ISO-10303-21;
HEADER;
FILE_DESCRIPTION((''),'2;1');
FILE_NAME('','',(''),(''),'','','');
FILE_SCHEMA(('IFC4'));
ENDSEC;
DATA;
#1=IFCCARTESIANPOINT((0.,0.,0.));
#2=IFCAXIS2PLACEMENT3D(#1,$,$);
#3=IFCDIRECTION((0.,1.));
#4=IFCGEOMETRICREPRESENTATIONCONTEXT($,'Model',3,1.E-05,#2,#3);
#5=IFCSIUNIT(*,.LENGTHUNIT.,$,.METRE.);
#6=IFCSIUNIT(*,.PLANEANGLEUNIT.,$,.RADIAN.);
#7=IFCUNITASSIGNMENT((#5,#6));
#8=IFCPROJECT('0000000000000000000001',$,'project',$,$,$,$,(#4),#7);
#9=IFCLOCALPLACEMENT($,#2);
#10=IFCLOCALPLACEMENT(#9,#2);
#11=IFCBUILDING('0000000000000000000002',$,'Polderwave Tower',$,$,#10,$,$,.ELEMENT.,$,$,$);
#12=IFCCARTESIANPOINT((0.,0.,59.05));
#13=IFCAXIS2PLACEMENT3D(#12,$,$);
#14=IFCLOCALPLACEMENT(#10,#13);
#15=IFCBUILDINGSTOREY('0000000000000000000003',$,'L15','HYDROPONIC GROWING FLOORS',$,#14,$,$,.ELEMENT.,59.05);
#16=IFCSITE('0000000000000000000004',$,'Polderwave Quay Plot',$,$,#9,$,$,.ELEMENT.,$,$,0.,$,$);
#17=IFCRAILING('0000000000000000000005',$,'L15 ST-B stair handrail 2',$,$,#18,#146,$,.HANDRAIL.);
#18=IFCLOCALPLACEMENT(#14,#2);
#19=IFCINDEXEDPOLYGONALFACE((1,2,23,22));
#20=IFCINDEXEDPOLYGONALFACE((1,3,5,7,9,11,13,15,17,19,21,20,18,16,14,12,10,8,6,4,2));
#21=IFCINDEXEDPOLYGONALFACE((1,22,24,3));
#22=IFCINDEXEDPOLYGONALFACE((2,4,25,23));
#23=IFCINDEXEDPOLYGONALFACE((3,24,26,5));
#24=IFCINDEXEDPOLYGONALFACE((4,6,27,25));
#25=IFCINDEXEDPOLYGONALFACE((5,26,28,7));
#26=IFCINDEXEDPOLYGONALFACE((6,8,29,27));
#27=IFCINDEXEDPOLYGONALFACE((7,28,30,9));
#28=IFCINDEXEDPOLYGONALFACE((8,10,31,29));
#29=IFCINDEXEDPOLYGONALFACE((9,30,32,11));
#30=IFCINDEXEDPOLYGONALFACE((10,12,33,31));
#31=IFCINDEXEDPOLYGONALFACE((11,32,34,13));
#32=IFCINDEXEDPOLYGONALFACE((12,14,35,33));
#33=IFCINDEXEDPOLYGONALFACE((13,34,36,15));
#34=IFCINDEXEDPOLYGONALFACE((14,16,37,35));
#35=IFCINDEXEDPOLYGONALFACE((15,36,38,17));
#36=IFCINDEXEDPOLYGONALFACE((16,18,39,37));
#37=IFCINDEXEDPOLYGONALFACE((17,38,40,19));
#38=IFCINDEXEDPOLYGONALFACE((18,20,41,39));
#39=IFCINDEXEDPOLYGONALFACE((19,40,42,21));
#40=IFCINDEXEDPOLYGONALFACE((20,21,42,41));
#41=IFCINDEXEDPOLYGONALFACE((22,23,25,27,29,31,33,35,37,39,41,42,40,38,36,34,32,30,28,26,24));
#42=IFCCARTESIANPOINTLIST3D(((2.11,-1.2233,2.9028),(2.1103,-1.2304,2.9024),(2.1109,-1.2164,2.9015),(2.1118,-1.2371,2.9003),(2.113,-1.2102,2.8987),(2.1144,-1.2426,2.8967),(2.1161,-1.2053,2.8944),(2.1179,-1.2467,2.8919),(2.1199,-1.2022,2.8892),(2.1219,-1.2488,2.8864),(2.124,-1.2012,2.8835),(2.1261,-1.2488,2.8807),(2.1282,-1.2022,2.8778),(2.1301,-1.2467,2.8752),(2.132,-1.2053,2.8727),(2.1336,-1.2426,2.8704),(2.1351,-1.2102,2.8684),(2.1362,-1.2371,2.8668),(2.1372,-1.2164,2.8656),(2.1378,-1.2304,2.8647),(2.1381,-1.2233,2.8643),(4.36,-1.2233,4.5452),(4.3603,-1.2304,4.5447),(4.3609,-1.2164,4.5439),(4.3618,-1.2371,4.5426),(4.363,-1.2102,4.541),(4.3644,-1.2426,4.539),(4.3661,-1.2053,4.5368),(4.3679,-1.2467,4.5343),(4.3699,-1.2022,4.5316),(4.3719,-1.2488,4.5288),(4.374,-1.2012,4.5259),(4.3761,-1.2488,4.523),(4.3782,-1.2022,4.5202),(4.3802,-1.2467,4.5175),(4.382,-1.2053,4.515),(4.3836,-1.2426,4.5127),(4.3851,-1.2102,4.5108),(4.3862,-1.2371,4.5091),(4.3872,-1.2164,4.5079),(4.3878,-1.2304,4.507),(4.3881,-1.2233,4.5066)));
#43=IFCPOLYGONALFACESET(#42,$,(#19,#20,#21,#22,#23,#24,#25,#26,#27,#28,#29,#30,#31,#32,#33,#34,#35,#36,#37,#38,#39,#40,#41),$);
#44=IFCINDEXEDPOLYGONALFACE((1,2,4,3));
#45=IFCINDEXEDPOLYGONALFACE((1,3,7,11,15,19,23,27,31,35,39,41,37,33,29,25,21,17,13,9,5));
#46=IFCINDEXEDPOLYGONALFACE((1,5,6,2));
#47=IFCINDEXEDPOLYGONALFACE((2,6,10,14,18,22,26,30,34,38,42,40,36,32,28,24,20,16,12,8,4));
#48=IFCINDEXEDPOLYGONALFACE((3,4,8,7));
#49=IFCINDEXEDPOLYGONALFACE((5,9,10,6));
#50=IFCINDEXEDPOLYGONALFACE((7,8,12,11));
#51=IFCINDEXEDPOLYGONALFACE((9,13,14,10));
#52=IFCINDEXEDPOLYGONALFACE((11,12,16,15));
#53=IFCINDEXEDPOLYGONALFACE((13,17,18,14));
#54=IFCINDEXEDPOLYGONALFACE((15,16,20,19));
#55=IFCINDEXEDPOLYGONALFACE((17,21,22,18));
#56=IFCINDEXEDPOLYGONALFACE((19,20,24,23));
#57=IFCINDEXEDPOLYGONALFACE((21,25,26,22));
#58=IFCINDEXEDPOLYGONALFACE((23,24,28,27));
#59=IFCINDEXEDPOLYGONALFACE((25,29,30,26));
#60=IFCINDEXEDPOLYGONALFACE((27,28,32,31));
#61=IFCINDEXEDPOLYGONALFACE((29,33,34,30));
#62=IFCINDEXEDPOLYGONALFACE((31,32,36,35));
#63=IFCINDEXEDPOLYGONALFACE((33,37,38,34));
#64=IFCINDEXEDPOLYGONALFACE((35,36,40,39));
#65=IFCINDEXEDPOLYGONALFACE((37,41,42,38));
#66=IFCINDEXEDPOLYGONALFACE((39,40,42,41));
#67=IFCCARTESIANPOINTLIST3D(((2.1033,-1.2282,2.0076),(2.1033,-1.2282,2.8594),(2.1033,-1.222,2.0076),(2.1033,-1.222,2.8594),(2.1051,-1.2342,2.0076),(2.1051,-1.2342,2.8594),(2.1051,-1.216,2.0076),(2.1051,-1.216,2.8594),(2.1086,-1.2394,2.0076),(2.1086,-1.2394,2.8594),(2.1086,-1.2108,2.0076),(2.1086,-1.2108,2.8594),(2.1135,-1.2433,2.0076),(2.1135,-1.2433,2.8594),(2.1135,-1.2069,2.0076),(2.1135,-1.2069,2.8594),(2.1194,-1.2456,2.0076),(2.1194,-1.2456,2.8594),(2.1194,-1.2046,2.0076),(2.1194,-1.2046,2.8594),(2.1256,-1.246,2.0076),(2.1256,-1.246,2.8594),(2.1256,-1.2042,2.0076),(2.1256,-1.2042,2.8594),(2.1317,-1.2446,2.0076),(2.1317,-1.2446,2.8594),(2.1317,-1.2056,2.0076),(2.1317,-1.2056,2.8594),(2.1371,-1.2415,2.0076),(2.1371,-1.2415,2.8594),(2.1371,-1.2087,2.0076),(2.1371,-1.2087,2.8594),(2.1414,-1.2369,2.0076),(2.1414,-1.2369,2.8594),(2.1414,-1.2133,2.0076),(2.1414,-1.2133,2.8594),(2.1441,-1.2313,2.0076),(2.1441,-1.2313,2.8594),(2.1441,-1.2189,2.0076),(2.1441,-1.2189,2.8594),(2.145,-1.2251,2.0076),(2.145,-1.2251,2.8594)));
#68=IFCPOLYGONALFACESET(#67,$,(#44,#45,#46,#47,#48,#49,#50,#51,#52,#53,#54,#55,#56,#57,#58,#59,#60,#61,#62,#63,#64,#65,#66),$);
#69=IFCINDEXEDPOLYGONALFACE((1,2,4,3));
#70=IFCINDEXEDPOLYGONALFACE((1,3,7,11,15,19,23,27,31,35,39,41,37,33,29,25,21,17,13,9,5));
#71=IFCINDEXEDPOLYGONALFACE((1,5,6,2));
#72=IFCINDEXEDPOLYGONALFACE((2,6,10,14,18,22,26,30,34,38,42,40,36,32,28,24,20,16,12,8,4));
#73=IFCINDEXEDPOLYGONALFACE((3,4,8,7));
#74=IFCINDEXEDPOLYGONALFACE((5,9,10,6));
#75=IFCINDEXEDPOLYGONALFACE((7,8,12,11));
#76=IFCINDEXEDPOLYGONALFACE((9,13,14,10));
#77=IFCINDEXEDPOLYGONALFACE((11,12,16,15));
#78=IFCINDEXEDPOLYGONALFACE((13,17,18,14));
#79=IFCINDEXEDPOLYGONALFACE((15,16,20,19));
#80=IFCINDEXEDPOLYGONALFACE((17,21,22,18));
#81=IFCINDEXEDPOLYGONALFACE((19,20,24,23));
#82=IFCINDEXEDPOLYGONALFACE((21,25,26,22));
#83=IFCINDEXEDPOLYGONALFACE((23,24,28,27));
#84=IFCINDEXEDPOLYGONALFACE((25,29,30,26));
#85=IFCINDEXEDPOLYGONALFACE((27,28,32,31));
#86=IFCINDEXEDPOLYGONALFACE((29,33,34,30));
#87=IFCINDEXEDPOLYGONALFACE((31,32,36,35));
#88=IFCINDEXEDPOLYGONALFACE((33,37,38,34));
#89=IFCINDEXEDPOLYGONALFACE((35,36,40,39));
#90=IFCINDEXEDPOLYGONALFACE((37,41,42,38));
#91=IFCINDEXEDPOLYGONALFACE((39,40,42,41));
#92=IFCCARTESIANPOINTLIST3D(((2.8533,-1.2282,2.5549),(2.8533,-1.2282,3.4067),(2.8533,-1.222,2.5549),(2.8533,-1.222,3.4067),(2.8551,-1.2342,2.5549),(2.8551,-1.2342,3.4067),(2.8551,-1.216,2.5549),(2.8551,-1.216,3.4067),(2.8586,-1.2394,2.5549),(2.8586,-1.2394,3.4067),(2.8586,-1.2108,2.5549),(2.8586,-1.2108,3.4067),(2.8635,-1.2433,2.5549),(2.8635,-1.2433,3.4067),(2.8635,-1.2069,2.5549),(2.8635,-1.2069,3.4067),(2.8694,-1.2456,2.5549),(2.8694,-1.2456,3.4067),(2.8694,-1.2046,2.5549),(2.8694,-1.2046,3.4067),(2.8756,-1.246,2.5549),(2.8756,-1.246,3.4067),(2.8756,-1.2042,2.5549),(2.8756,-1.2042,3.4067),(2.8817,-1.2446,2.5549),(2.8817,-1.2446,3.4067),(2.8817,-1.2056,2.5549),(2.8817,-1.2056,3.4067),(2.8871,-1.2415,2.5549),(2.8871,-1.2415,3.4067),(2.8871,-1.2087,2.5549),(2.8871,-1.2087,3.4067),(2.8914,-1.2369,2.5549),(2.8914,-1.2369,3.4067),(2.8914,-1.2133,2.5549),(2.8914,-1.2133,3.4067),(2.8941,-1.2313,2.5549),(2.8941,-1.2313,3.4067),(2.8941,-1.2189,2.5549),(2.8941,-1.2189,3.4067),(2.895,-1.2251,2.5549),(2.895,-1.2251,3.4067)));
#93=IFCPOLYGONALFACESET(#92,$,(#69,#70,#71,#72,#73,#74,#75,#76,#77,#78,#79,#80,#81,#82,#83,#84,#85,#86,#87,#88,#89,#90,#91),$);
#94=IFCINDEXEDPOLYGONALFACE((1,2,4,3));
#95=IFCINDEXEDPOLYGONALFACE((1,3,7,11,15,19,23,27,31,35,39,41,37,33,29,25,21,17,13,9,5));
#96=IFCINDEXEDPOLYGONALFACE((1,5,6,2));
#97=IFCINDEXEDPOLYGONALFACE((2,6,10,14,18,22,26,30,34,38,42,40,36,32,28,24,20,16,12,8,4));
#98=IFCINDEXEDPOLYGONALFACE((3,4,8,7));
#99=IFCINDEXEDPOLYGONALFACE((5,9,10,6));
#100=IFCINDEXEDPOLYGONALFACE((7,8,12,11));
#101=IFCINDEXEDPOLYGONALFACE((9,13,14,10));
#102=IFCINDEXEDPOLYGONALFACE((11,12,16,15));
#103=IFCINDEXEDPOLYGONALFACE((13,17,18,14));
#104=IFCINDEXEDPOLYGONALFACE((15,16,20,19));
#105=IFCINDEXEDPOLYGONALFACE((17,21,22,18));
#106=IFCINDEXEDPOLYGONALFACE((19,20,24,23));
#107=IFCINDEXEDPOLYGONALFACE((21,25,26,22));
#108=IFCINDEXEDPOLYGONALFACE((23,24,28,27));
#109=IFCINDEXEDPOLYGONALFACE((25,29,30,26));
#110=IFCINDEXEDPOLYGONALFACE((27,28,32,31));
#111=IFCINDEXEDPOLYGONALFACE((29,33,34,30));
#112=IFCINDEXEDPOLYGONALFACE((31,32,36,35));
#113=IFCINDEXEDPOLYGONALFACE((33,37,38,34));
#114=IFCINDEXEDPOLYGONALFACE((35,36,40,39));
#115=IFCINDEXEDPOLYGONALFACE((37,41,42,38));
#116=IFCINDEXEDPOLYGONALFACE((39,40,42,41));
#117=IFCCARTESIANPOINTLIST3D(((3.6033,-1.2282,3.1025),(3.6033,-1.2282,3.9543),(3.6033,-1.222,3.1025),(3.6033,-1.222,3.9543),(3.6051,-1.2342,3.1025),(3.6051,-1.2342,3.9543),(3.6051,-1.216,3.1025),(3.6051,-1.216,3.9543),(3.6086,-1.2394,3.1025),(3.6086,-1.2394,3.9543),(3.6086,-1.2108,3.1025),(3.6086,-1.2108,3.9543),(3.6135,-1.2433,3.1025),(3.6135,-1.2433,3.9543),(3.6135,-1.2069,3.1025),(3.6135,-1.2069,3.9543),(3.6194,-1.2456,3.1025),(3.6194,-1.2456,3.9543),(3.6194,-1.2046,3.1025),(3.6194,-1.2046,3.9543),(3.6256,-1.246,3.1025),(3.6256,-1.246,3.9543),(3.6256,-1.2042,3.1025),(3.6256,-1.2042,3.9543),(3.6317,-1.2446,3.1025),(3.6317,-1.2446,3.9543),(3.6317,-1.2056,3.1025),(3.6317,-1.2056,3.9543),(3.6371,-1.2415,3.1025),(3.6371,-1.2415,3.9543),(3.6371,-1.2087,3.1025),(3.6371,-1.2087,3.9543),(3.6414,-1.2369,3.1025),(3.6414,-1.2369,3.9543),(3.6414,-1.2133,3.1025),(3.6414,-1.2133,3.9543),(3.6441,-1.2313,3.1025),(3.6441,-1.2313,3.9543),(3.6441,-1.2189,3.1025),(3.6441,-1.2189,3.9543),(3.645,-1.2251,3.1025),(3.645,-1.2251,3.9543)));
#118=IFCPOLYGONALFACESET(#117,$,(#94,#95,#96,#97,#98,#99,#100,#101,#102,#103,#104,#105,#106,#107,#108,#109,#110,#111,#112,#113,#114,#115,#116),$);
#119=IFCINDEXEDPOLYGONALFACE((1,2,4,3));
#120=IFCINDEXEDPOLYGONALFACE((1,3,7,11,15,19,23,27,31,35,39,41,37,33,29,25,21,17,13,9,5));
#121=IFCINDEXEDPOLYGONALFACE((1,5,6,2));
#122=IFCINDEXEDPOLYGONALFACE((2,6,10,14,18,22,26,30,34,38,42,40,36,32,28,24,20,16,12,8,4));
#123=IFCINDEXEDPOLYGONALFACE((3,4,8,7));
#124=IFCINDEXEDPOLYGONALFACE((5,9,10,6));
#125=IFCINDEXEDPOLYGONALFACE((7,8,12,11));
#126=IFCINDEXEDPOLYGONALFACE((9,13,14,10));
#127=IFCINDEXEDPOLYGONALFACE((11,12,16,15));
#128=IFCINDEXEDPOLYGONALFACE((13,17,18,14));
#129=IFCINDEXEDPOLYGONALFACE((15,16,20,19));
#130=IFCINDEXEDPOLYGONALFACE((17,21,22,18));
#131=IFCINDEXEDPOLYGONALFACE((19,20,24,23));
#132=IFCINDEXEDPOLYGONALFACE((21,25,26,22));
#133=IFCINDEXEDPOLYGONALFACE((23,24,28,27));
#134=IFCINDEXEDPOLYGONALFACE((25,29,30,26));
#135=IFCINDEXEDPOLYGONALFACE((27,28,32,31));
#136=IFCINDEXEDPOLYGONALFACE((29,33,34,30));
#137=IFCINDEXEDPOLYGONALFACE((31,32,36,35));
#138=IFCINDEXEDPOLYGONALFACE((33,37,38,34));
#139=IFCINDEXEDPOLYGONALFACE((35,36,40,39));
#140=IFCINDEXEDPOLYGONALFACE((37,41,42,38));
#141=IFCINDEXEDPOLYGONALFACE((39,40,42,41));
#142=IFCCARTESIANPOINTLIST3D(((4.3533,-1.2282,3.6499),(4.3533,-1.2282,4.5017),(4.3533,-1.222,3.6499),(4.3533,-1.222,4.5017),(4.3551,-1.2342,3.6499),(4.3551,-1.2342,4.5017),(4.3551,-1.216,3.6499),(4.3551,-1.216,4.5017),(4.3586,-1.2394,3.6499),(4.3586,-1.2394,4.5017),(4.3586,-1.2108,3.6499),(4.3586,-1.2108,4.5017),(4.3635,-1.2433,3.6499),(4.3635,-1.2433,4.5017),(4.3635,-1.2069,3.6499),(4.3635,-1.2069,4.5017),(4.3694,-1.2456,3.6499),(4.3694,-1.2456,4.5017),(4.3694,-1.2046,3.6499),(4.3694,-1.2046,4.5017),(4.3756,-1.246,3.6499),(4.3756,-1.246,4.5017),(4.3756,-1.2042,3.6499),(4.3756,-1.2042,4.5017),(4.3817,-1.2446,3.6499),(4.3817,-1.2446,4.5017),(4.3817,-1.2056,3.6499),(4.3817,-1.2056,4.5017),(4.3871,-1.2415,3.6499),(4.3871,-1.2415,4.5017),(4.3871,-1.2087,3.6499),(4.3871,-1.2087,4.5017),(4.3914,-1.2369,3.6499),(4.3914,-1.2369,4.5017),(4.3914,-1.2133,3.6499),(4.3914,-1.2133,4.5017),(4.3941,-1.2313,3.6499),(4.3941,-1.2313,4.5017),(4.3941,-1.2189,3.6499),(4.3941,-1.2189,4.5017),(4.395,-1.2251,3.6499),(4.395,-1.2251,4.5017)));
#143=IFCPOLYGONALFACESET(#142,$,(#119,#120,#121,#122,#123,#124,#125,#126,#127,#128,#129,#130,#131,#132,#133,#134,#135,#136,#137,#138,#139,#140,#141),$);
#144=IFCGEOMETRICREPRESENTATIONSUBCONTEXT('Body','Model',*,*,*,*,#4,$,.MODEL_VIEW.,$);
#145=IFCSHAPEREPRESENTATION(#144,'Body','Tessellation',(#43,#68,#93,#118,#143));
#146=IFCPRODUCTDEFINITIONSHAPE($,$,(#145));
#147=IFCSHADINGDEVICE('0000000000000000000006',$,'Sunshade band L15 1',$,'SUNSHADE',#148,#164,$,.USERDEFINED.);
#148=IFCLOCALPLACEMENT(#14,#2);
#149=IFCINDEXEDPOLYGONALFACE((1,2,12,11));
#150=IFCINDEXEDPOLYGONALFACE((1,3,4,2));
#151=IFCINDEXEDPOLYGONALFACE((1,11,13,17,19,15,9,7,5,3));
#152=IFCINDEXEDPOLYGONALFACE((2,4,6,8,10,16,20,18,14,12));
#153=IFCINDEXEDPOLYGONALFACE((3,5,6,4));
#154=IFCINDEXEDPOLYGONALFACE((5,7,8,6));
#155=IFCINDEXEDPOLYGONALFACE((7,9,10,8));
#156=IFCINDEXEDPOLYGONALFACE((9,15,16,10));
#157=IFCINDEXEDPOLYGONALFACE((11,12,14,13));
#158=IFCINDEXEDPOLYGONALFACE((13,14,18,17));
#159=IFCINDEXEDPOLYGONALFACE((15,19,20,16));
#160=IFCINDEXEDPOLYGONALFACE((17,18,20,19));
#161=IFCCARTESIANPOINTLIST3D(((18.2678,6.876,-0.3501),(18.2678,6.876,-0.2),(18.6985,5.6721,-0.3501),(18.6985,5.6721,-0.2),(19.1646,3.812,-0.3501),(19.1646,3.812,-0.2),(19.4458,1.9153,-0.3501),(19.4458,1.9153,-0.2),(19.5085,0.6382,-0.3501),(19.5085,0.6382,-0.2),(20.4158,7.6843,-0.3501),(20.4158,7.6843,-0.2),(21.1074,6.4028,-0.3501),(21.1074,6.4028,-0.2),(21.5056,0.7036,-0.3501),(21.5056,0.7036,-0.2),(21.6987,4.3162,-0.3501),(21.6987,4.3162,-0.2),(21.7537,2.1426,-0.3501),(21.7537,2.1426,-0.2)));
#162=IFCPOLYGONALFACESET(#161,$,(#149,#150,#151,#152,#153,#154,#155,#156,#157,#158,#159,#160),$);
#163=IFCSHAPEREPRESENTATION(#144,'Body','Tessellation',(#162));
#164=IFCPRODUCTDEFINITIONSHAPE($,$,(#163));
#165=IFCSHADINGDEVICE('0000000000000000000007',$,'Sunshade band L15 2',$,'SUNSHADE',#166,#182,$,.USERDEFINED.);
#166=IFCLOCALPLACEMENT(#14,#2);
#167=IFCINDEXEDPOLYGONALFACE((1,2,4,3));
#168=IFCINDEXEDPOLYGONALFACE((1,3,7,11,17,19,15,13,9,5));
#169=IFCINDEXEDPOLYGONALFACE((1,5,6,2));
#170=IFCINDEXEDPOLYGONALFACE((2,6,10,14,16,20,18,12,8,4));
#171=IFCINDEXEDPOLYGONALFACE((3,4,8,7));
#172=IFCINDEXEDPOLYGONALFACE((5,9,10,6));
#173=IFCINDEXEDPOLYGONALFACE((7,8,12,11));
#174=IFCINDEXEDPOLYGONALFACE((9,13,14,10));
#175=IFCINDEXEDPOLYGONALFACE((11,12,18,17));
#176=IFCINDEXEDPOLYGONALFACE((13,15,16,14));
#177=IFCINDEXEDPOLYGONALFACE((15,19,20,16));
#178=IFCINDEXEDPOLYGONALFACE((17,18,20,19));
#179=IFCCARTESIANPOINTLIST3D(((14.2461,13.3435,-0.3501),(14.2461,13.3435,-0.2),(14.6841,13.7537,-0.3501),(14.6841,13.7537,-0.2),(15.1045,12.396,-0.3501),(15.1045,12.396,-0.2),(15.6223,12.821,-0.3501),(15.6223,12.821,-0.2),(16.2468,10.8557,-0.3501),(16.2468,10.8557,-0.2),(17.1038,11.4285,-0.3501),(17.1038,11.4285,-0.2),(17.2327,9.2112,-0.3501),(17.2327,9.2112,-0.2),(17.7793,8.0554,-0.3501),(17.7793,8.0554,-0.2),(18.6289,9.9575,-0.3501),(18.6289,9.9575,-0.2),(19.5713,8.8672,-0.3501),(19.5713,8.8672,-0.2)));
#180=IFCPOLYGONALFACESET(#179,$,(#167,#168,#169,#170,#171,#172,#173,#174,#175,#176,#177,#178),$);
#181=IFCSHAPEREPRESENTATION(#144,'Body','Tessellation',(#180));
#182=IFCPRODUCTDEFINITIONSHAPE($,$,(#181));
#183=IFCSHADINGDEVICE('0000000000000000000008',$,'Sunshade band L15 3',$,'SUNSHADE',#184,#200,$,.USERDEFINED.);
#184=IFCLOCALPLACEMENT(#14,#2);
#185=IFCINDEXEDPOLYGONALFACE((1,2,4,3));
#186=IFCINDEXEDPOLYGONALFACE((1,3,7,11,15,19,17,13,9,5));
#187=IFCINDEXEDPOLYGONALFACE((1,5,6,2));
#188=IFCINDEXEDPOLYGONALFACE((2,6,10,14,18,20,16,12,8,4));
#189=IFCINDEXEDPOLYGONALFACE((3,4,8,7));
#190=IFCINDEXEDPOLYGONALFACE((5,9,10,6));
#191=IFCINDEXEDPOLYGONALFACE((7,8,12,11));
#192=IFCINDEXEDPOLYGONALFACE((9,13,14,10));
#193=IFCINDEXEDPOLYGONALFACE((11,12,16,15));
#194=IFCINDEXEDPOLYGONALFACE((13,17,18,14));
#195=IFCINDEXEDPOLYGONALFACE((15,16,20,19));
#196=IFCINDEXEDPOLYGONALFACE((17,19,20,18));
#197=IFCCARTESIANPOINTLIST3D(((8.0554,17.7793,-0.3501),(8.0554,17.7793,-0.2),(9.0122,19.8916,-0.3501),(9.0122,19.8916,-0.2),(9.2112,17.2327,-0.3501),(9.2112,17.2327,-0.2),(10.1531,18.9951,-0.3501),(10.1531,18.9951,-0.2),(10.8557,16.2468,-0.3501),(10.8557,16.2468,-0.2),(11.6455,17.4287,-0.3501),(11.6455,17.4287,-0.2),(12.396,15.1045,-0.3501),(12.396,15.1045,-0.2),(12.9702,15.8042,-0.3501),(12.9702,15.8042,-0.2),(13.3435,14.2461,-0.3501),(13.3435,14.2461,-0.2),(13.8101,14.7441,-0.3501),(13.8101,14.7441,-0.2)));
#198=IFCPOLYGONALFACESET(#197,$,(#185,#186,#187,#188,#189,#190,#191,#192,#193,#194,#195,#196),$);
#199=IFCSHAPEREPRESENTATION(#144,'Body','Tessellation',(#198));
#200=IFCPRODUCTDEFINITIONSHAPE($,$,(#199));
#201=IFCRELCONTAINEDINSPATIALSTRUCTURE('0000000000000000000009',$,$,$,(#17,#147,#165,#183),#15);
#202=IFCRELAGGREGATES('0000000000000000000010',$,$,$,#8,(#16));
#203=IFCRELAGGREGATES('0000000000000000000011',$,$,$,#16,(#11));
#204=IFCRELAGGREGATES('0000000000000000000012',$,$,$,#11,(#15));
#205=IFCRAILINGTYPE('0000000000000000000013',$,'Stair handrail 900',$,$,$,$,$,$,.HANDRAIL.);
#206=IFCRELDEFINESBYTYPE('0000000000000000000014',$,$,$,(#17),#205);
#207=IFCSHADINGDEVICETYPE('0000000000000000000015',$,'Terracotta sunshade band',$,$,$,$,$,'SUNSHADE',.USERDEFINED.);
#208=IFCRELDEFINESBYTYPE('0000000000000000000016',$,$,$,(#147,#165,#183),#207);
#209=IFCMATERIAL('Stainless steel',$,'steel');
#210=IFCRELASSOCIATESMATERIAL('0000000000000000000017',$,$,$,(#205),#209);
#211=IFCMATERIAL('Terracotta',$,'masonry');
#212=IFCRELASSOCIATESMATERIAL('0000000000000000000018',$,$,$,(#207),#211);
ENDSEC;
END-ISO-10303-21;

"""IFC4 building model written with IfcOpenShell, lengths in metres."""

from ifc_helpers import new_model, si_unit, direction, frame, origin, origin_2d, place, context, subcontext, project, spatial, polyline, circle, outline, extrude, material, type_object, element, save


model = new_model("IFC4")

# Units and contexts
model_context = context("Model", 3, precision=1e-05, world=origin(), true_north=direction((0.0, 1.0)))
body_context = subcontext(model_context, "Body", "Model", "MODEL_VIEW")
ifc_project = project(units=[si_unit("LENGTHUNIT", "METRE"), si_unit("PLANEANGLEUNIT", "RADIAN")], contexts=[model_context])

# Site, building, storey
site_placement = place(None, origin())
site = spatial("IfcSite", under=ifc_project, at=site_placement, Name="Polderwave Quay Plot", CompositionType="ELEMENT", RefElevation=0.0)
building_placement = place(site_placement, origin())
building = spatial("IfcBuilding", under=site, at=building_placement, Name="Polderwave Tower", CompositionType="ELEMENT")
storey_placement = place(building_placement, frame((0.0, 0.0, 59.05)))
storey = spatial("IfcBuildingStorey", under=building, at=storey_placement, Name="L15", Description="HYDROPONIC GROWING FLOORS", CompositionType="ELEMENT", Elevation=59.05)

# Railing
ifc_material_1 = material(Name="Stainless steel", Category="steel")
railing_type_1 = type_object("IfcRailingType", Name="Stair handrail 900", PredefinedType="HANDRAIL", material=ifc_material_1)
railing_1_placement = place(storey_placement, frame((2.124, -1.2251, 2.0076)))
element("IfcRailing", 1, at=railing_1_placement, inside=storey, type_object=railing_type_1, Name="L15 ST-B stair handrail 2", PredefinedType="HANDRAIL", context=body_context, shape_type="SweptSolid", body=[
    extrude(circle(Radius=0.0239, at=origin_2d()), frame((0.0, 0.0, 0.876), z_axis=(0.807715, 0.0, 0.589573), x_axis=(0.0, 1.0, 0.0)), (0.0, 0.0, 1.0), 2.7856),
    extrude(circle(Radius=0.021, at=origin_2d()), origin(), (0.0, 0.0, 1.0), 0.8518),
    extrude(circle(Radius=0.021, at=origin_2d()), frame((0.75, 0.0, 0.5474)), (0.0, 0.0, 1.0), 0.8518),
    extrude(circle(Radius=0.021, at=origin_2d()), frame((1.5, 0.0, 1.095)), (0.0, 0.0, 1.0), 0.8518),
    extrude(circle(Radius=0.021, at=origin_2d()), frame((2.25, 0.0, 1.6423)), (0.0, 0.0, 1.0), 0.8518),
])

# Shading devices
ifc_material_2 = material(Name="Terracotta", Category="masonry")
shading_device_type = type_object("IfcShadingDeviceType", Name="Terracotta sunshade band", ElementType="SUNSHADE", PredefinedType="USERDEFINED", material=ifc_material_2)
shading_device_1_placement = place(storey_placement, frame((0.0, 0.0, -0.3501)))
element("IfcShadingDevice", 2, at=shading_device_1_placement, inside=storey, type_object=shading_device_type, Name="Sunshade band L15 1", ObjectType="SUNSHADE", PredefinedType="USERDEFINED", context=body_context, shape_type="SweptSolid", body=[
    extrude(outline(polyline([(19.5085, 0.6382), (19.4458, 1.9153), (19.1646, 3.812), (18.6985, 5.6721), (18.2678, 6.876), (20.4158, 7.6843), (21.1074, 6.4028), (21.6987, 4.3162), (21.7537, 2.1426), (21.5056, 0.7036), (19.5085, 0.6382)])), origin(), (0.0, 0.0, 1.0), 0.1501),
])
shading_device_2_placement = place(storey_placement, frame((0.0, 0.0, -0.3501)))
element("IfcShadingDevice", 3, at=shading_device_2_placement, inside=storey, type_object=shading_device_type, Name="Sunshade band L15 2", ObjectType="SUNSHADE", PredefinedType="USERDEFINED", context=body_context, shape_type="SweptSolid", body=[
    extrude(outline(polyline([(17.7793, 8.0554), (17.2327, 9.2112), (16.2468, 10.8557), (15.1045, 12.396), (14.2461, 13.3435), (14.6841, 13.7537), (15.6223, 12.821), (17.1038, 11.4285), (18.6289, 9.9575), (19.5713, 8.8672), (17.7793, 8.0554)])), origin(), (0.0, 0.0, 1.0), 0.1501),
])
shading_device_3_placement = place(storey_placement, frame((0.0, 0.0, -0.3501)))
element("IfcShadingDevice", 4, at=shading_device_3_placement, inside=storey, type_object=shading_device_type, Name="Sunshade band L15 3", ObjectType="SUNSHADE", PredefinedType="USERDEFINED", context=body_context, shape_type="SweptSolid", body=[
    extrude(outline(polyline([(13.3435, 14.2461), (12.396, 15.1045), (10.8557, 16.2468), (9.2112, 17.2327), (8.0554, 17.7793), (9.0122, 19.8916), (10.1531, 18.9951), (11.6455, 17.4287), (12.9702, 15.8042), (13.8101, 14.7441), (13.3435, 14.2461)])), origin(), (0.0, 0.0, 1.0), 0.1501),
])

save(model, "model.ifc")
